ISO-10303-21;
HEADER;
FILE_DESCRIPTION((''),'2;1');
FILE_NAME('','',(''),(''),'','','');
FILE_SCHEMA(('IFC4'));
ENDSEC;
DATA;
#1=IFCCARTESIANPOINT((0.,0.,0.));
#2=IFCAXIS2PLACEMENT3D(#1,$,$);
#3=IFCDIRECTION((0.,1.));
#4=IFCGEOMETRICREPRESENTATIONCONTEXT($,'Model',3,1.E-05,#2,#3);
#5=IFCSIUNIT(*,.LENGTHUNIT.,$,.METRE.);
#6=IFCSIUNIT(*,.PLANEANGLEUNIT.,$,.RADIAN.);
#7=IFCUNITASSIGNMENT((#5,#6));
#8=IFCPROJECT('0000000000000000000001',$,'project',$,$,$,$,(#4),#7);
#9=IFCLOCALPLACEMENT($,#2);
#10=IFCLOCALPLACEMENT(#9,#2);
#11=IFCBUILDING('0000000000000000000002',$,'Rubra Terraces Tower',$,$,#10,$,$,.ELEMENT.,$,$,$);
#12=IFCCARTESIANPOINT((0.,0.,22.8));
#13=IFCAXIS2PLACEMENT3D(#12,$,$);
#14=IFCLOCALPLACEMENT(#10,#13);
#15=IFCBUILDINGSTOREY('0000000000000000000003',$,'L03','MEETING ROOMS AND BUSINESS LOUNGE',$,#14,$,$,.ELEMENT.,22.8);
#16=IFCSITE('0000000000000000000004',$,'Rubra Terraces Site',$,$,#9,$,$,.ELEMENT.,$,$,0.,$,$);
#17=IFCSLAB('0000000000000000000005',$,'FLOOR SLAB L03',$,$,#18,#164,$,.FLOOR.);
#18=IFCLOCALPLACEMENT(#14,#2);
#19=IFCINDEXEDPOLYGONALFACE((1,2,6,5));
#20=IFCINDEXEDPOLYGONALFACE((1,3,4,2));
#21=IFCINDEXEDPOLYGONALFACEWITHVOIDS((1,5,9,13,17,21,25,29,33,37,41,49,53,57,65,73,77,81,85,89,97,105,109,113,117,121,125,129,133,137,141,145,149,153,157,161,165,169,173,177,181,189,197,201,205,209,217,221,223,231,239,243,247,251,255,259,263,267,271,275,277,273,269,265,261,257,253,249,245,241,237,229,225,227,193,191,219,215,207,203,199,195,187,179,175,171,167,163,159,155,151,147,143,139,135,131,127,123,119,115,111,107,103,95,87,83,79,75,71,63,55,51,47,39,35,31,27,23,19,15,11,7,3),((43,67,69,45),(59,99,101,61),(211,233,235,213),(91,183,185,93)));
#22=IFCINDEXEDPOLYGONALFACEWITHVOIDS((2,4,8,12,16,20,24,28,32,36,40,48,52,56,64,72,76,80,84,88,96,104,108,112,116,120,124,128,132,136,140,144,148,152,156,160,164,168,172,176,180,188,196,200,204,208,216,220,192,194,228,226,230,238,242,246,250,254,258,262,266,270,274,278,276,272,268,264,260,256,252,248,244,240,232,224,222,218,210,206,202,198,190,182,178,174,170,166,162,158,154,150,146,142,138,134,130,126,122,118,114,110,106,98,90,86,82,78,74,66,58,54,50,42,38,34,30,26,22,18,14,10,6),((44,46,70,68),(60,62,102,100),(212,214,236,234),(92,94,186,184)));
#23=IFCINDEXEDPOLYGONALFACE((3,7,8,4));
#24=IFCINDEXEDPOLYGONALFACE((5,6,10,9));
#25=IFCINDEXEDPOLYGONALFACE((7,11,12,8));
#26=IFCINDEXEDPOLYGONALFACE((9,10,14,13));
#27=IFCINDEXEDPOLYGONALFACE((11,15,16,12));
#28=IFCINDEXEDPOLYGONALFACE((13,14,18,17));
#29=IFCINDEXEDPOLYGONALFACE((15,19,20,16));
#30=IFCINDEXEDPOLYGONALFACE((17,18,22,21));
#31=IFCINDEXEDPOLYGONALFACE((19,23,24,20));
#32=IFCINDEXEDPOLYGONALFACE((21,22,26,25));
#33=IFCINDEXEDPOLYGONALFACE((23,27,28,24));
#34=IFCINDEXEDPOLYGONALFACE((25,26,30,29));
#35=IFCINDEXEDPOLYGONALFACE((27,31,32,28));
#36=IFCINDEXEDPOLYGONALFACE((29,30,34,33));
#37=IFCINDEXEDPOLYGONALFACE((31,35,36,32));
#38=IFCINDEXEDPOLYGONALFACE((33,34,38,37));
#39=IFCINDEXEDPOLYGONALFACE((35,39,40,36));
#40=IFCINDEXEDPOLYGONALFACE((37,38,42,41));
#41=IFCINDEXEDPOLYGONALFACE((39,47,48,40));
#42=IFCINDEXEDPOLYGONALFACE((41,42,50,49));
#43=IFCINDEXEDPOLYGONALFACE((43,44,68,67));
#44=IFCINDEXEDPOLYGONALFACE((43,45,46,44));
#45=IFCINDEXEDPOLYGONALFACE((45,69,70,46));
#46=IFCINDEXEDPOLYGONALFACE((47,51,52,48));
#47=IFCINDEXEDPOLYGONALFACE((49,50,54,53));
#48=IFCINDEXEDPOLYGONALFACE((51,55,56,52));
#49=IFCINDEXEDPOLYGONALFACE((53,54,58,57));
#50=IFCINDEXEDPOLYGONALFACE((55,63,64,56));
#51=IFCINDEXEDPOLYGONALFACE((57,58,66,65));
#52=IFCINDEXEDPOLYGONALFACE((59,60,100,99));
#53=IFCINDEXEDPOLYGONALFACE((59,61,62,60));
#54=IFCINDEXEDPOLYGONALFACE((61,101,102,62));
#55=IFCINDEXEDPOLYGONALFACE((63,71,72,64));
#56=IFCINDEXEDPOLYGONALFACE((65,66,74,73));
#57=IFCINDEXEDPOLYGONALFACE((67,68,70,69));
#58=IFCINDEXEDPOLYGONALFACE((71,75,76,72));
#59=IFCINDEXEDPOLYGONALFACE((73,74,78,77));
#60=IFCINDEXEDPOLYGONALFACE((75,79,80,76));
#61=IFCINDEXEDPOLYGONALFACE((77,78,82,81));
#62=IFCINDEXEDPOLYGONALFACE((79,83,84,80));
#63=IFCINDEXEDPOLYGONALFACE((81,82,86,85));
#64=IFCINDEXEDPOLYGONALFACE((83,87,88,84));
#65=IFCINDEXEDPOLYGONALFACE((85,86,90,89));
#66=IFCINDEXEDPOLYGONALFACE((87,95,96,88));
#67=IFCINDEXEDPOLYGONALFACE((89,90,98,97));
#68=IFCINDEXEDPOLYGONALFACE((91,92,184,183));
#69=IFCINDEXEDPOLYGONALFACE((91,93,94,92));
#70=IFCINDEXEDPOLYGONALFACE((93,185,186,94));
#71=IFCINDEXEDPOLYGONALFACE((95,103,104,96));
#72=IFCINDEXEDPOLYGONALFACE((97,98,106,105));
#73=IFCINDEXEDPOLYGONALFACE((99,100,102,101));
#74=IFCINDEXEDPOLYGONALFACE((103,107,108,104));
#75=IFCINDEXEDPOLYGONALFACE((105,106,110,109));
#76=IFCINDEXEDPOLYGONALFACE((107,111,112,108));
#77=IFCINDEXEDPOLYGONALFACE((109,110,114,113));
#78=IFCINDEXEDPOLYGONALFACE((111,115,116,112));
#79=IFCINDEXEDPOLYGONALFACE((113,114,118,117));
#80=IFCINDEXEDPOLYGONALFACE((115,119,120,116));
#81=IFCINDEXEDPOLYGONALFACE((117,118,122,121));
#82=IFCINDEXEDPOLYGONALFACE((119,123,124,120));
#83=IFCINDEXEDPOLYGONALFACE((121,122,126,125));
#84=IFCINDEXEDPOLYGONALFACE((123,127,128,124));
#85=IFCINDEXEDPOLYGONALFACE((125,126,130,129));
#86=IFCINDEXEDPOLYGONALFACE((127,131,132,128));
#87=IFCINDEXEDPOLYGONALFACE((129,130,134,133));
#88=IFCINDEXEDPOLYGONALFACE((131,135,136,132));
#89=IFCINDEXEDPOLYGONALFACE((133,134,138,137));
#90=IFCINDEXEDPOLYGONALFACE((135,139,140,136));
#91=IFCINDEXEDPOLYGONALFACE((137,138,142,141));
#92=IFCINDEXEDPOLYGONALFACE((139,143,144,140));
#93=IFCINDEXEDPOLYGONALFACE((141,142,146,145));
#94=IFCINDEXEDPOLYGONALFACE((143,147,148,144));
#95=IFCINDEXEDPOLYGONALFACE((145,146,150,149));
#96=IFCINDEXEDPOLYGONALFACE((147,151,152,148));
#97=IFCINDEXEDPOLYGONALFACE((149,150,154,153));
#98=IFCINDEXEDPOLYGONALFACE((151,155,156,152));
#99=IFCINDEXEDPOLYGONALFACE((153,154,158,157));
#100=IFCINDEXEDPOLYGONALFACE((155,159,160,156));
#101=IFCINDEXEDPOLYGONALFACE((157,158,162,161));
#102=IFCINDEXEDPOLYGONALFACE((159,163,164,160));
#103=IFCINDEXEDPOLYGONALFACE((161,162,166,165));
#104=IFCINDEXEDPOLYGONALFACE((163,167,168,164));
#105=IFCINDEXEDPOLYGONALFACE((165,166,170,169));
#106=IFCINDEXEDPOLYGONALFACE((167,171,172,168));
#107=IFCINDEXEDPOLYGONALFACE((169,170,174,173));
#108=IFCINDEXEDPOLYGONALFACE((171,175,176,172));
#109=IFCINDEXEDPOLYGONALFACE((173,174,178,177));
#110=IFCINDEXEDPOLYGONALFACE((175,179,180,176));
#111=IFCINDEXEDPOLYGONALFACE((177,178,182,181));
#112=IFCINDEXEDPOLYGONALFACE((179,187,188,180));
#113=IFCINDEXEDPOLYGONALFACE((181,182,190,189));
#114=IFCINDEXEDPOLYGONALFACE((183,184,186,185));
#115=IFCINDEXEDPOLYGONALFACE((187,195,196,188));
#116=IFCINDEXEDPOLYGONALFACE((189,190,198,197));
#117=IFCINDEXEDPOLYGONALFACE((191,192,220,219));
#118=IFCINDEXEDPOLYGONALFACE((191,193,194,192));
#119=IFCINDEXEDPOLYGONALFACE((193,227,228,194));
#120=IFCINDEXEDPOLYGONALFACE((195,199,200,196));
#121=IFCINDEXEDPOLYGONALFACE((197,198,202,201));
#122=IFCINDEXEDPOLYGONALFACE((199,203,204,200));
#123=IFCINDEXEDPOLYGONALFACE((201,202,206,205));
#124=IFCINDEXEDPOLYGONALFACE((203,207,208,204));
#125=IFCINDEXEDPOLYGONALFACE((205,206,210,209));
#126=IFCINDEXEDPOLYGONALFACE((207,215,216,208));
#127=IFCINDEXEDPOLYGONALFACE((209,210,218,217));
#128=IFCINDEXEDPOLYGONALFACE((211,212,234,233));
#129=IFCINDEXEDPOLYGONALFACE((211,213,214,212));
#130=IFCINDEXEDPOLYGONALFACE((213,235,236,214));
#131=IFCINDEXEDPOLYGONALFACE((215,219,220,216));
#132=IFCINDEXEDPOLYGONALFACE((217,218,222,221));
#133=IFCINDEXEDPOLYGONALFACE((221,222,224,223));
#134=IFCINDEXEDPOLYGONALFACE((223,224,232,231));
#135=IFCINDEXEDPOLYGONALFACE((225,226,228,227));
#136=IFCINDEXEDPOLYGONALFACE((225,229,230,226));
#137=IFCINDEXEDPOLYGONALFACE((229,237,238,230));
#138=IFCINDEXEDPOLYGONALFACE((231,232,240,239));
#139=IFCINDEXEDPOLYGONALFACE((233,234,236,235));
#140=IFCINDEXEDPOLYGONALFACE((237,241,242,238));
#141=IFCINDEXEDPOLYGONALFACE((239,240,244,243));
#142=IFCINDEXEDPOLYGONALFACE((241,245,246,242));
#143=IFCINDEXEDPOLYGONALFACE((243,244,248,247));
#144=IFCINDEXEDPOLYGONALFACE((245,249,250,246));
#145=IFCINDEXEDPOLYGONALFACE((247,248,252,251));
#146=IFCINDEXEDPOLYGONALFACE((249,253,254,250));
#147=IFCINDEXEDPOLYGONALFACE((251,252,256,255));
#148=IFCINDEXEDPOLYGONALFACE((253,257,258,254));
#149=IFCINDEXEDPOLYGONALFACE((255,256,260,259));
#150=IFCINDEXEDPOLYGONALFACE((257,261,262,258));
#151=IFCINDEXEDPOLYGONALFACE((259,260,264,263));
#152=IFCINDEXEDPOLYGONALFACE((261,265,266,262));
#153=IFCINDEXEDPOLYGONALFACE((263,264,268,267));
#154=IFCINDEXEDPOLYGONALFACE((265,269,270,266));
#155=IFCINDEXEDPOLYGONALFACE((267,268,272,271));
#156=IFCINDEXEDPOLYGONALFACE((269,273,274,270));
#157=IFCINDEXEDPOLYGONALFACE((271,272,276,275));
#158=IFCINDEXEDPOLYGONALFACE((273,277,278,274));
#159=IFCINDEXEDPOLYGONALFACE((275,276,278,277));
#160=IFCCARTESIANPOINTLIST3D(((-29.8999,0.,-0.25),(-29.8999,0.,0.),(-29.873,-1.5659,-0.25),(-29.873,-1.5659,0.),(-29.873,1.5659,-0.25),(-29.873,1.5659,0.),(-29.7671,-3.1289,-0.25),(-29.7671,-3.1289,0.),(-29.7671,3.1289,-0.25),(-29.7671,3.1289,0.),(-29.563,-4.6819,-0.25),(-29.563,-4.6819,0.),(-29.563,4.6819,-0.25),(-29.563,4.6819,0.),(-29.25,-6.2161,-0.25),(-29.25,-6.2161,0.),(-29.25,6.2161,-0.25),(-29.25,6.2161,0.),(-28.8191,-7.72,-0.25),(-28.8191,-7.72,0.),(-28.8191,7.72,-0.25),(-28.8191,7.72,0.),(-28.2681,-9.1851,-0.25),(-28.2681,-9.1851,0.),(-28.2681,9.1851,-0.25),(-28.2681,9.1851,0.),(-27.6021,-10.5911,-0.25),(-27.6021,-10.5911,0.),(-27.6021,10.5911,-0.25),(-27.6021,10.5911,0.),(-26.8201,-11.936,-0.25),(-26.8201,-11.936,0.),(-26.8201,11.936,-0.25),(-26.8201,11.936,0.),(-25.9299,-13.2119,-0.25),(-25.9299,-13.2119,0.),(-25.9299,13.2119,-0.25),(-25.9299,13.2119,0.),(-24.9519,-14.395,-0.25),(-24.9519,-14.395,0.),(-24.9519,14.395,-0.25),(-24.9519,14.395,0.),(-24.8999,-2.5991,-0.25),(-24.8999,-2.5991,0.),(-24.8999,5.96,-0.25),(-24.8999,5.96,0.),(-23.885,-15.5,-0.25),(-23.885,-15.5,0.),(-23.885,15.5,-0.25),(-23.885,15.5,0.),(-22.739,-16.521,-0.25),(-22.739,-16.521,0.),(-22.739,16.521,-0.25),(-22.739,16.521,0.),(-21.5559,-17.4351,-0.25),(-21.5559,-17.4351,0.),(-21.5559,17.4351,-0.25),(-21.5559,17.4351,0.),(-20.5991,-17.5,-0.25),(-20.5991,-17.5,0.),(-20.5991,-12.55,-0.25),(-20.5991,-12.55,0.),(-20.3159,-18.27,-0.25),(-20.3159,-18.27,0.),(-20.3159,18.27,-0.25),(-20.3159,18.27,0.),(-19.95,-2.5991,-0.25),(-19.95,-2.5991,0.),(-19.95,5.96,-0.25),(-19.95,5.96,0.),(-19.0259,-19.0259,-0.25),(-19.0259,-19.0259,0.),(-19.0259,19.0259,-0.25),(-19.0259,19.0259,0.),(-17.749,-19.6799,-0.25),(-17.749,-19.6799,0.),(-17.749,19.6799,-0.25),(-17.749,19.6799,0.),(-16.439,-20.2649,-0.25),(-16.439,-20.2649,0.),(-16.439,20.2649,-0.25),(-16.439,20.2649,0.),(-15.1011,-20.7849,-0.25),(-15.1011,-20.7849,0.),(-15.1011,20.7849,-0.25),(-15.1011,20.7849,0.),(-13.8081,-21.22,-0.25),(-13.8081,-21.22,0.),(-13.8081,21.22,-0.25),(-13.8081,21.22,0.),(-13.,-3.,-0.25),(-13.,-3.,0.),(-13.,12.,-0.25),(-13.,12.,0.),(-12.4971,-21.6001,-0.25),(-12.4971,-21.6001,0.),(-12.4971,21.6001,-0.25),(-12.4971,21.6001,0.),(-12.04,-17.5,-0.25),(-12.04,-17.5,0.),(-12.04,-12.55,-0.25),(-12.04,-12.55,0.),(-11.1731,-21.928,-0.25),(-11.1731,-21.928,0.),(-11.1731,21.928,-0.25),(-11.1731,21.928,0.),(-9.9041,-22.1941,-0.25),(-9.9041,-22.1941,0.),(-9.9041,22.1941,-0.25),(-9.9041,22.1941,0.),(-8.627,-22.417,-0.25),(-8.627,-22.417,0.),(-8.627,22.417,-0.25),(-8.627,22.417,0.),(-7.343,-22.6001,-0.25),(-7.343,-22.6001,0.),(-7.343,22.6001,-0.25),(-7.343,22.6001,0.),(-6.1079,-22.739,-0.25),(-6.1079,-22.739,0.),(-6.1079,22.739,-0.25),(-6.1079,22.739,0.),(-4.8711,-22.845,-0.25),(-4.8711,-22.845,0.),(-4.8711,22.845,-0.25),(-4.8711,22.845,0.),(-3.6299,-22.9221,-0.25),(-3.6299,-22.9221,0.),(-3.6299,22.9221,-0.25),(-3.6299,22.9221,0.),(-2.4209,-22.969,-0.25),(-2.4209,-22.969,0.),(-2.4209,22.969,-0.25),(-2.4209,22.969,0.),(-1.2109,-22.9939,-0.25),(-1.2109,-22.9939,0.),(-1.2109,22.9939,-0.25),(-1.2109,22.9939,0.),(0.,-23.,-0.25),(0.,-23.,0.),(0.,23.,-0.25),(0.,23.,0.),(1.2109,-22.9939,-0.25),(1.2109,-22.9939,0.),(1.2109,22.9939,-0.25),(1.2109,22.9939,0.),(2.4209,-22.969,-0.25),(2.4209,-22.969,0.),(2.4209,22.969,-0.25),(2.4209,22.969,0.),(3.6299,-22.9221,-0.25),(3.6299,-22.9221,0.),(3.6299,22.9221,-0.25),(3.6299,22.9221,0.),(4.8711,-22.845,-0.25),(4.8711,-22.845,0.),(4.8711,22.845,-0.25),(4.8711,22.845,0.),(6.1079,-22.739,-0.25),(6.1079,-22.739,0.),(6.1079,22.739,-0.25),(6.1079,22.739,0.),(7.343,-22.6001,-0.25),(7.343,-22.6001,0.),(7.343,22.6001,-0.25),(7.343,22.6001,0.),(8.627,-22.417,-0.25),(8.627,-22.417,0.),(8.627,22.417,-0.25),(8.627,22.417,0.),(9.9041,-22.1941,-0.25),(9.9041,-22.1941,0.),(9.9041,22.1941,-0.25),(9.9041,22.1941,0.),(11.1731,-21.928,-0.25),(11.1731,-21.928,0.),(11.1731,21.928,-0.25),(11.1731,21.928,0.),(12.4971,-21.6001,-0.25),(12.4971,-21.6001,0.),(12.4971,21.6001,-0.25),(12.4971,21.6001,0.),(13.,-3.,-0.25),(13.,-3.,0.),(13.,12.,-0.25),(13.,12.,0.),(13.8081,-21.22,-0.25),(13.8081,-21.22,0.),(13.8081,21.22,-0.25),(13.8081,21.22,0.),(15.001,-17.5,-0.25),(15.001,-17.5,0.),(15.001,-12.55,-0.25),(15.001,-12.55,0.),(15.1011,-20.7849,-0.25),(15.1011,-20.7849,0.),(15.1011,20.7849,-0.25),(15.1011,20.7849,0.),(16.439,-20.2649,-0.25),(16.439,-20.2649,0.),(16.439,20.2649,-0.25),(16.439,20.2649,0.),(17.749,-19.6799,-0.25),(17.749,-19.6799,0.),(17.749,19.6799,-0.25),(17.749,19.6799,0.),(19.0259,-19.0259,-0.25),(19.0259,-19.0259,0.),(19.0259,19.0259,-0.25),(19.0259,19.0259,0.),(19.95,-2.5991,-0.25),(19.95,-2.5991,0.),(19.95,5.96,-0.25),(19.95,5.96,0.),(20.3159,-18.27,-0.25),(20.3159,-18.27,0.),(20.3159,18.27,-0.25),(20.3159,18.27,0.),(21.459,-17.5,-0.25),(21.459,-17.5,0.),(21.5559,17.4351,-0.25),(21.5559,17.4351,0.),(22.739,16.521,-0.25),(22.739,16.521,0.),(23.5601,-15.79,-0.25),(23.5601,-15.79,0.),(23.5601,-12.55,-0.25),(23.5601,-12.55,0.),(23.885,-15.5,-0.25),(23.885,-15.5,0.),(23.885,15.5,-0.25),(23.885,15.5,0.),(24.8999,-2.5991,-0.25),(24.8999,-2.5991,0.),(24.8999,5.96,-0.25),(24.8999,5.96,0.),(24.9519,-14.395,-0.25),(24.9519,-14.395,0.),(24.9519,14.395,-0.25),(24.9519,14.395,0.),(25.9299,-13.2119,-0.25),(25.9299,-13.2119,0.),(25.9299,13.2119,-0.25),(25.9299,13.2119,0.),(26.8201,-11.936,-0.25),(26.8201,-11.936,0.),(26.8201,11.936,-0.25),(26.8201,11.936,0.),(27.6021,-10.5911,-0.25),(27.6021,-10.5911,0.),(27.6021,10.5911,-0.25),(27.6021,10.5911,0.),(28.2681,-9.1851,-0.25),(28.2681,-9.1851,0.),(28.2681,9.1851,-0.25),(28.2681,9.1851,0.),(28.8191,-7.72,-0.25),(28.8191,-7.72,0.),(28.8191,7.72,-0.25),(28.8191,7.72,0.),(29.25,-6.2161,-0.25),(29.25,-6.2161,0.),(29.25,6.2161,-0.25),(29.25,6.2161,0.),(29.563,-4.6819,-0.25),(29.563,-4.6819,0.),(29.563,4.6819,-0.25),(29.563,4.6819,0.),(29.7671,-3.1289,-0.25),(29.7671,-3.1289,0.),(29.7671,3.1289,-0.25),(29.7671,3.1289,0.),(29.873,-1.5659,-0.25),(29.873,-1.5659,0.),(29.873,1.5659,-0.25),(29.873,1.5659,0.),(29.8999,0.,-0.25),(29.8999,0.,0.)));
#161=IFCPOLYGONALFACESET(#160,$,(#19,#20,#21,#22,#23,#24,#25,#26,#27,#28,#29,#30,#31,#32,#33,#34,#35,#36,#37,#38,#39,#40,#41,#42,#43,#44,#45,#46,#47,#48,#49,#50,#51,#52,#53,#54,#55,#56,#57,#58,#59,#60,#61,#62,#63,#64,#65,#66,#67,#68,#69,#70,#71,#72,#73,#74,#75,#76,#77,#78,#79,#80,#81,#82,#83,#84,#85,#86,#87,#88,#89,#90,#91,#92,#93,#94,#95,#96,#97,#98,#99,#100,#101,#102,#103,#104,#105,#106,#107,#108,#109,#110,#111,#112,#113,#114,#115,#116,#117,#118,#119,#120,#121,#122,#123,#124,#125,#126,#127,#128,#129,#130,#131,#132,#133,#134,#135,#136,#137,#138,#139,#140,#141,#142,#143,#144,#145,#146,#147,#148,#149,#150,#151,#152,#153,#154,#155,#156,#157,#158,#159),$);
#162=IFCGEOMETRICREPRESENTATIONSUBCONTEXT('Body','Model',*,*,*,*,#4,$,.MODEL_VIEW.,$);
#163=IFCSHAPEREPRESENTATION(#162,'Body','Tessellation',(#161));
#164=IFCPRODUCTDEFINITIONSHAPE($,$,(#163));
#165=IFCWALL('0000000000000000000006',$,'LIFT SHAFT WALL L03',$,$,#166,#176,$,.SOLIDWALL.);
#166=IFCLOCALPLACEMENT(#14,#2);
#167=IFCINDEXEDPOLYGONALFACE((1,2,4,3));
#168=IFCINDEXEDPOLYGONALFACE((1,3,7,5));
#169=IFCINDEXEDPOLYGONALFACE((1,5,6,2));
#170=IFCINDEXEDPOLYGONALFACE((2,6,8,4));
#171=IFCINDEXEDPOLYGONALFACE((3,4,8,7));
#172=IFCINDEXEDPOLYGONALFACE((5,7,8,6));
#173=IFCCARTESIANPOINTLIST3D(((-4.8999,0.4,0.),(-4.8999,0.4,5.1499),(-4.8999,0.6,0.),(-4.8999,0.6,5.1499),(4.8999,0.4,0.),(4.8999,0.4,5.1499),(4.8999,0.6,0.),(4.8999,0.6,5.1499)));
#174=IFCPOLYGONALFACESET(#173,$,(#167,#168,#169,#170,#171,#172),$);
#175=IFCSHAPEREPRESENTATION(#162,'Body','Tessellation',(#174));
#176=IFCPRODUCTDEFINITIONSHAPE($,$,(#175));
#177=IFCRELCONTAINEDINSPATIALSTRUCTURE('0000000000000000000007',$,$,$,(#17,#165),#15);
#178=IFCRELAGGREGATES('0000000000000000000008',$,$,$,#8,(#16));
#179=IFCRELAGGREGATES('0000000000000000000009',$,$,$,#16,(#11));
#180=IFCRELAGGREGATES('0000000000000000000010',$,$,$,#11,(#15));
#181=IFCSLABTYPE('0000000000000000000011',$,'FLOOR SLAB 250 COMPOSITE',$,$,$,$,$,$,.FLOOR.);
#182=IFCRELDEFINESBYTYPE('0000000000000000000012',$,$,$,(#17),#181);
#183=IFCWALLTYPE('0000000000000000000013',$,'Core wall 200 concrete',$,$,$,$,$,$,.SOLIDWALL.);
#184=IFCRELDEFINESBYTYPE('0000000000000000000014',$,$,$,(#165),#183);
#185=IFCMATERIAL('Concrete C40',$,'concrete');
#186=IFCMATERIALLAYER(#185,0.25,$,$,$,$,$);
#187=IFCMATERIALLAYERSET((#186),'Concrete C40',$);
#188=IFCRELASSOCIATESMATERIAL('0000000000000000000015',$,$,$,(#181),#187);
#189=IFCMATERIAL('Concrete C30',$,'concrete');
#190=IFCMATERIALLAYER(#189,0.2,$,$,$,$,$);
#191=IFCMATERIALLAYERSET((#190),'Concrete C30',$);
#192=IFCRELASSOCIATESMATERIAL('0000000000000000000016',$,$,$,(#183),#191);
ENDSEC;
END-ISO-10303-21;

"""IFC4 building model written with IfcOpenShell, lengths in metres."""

from ifc_helpers import new_model, si_unit, direction, frame, frame_2d, origin, place, context, subcontext, project, spatial, polyline, rectangle, outline, extrude, material, layer, layer_set, type_object, element, save


model = new_model("IFC4")

# Units and contexts
model_context = context("Model", 3, precision=1e-05, world=origin(), true_north=direction((0.0, 1.0)))
body_context = subcontext(model_context, "Body", "Model", "MODEL_VIEW")
ifc_project = project(units=[si_unit("LENGTHUNIT", "METRE"), si_unit("PLANEANGLEUNIT", "RADIAN")], contexts=[model_context])

# Site, building, storey
site_placement = place(None, origin())
site = spatial("IfcSite", under=ifc_project, at=site_placement, Name="Rubra Terraces Site", CompositionType="ELEMENT", RefElevation=0.0)
building_placement = place(site_placement, origin())
building = spatial("IfcBuilding", under=site, at=building_placement, Name="Rubra Terraces Tower", CompositionType="ELEMENT")
storey_placement = place(building_placement, frame((0.0, 0.0, 22.8)))
storey = spatial("IfcBuildingStorey", under=building, at=storey_placement, Name="L03", Description="MEETING ROOMS AND BUSINESS LOUNGE", CompositionType="ELEMENT", Elevation=22.8)

# Slab
ifc_material_1 = material(Name="Concrete C40", Category="concrete")
ifc_layer_1 = layer(ifc_material_1, 0.25)
ifc_layer_set_1 = layer_set([ifc_layer_1], Name="Concrete C40")
slab_type_1 = type_object("IfcSlabType", Name="FLOOR SLAB 250 COMPOSITE", PredefinedType="FLOOR", material=ifc_layer_set_1)
slab_1_placement = place(storey_placement, frame((0.0, 0.0, -0.25)))
element("IfcSlab", 1, at=slab_1_placement, inside=storey, type_object=slab_type_1, Name="FLOOR SLAB L03", PredefinedType="FLOOR", context=body_context, shape_type="SweptSolid", body=[
    extrude(outline(polyline([(28.8191, -7.72), (29.25, -6.2161), (29.563, -4.6819), (29.7671, -3.1289), (29.873, -1.5659), (29.8999, 0.0), (29.873, 1.5659), (29.7671, 3.1289), (29.563, 4.6819), (29.25, 6.2161), (28.8191, 7.72), (28.2681, 9.1851), (27.6021, 10.5911), (26.8201, 11.936), (25.9299, 13.2119), (24.9519, 14.395), (23.885, 15.5), (22.739, 16.521), (21.5559, 17.4351), (20.3159, 18.27), (19.0259, 19.0259), (17.749, 19.6799), (16.439, 20.2649), (15.1011, 20.7849), (13.8081, 21.22), (12.4971, 21.6001), (11.1731, 21.928), (9.9041, 22.1941), (8.627, 22.417), (7.343, 22.6001), (6.1079, 22.739), (4.8711, 22.845), (3.6299, 22.9221), (2.4209, 22.969), (1.2109, 22.9939), (0.0, 23.0), (-1.2109, 22.9939), (-2.4209, 22.969), (-3.6299, 22.9221), (-4.8711, 22.845), (-6.1079, 22.739), (-7.343, 22.6001), (-8.627, 22.417), (-9.9041, 22.1941), (-11.1731, 21.928), (-12.4971, 21.6001), (-13.8081, 21.22), (-15.1011, 20.7849), (-16.439, 20.2649), (-17.749, 19.6799), (-19.0259, 19.0259), (-20.3159, 18.27), (-21.5559, 17.4351), (-22.739, 16.521), (-23.885, 15.5), (-24.9519, 14.395), (-25.9299, 13.2119), (-26.8201, 11.936), (-27.6021, 10.5911), (-28.2681, 9.1851), (-28.8191, 7.72), (-29.25, 6.2161), (-29.563, 4.6819), (-29.7671, 3.1289), (-29.873, 1.5659), (-29.8999, 0.0), (-29.873, -1.5659), (-29.7671, -3.1289), (-29.563, -4.6819), (-29.25, -6.2161), (-28.8191, -7.72), (-28.2681, -9.1851), (-27.6021, -10.5911), (-26.8201, -11.936), (-25.9299, -13.2119), (-24.9519, -14.395), (-23.885, -15.5), (-22.739, -16.521), (-21.5559, -17.4351), (-20.3159, -18.27), (-19.0259, -19.0259), (-17.749, -19.6799), (-16.439, -20.2649), (-15.1011, -20.7849), (-13.8081, -21.22), (-12.4971, -21.6001), (-11.1731, -21.928), (-9.9041, -22.1941), (-8.627, -22.417), (-7.343, -22.6001), (-6.1079, -22.739), (-4.8711, -22.845), (-3.6299, -22.9221), (-2.4209, -22.969), (-1.2109, -22.9939), (0.0, -23.0), (1.2109, -22.9939), (2.4209, -22.969), (3.6299, -22.9221), (4.8711, -22.845), (6.1079, -22.739), (7.343, -22.6001), (8.627, -22.417), (9.9041, -22.1941), (11.1731, -21.928), (12.4971, -21.6001), (13.8081, -21.22), (15.1011, -20.7849), (16.439, -20.2649), (17.749, -19.6799), (19.0259, -19.0259), (20.3159, -18.27), (21.459, -17.5), (15.001, -17.5), (15.001, -12.55), (23.5601, -12.55), (23.5601, -15.79), (23.885, -15.5), (24.9519, -14.395), (25.9299, -13.2119), (26.8201, -11.936), (27.6021, -10.5911), (28.2681, -9.1851), (28.8191, -7.72)]), holes=[polyline([(13.0, 12.0), (13.0, -3.0), (-13.0, -3.0), (-13.0, 12.0), (13.0, 12.0)]), polyline([(-19.95, -2.5991), (-24.8999, -2.5991), (-24.8999, 5.96), (-19.95, 5.96), (-19.95, -2.5991)]), polyline([(19.95, -2.5991), (19.95, 5.96), (24.8999, 5.96), (24.8999, -2.5991), (19.95, -2.5991)]), polyline([(-12.04, -12.55), (-12.04, -17.5), (-20.5991, -17.5), (-20.5991, -12.55), (-12.04, -12.55)])]), origin(), (0.0, 0.0, 1.0), 0.25),
])

# Wall
ifc_material_2 = material(Name="Concrete C30", Category="concrete")
ifc_layer_2 = layer(ifc_material_2, 0.2)
ifc_layer_set_2 = layer_set([ifc_layer_2], Name="Concrete C30")
wall_type_1 = type_object("IfcWallType", Name="Core wall 200 concrete", PredefinedType="SOLIDWALL", material=ifc_layer_set_2)
wall_1_placement = place(storey_placement, frame((-4.8999, 0.5, 0.0), z_axis=(0.0, 0.0, 1.0), x_axis=(1.0, 0.0, 0.0)))
element("IfcWall", 2, at=wall_1_placement, inside=storey, type_object=wall_type_1, Name="LIFT SHAFT WALL L03", PredefinedType="SOLIDWALL", context=body_context, shape_type="SweptSolid", body=[
    extrude(rectangle(XDim=9.7998, YDim=0.2, at=frame_2d((4.8999, 0.0))), origin(), (0.0, 0.0, 1.0), 5.1499),
])

save(model, "model.ifc")
